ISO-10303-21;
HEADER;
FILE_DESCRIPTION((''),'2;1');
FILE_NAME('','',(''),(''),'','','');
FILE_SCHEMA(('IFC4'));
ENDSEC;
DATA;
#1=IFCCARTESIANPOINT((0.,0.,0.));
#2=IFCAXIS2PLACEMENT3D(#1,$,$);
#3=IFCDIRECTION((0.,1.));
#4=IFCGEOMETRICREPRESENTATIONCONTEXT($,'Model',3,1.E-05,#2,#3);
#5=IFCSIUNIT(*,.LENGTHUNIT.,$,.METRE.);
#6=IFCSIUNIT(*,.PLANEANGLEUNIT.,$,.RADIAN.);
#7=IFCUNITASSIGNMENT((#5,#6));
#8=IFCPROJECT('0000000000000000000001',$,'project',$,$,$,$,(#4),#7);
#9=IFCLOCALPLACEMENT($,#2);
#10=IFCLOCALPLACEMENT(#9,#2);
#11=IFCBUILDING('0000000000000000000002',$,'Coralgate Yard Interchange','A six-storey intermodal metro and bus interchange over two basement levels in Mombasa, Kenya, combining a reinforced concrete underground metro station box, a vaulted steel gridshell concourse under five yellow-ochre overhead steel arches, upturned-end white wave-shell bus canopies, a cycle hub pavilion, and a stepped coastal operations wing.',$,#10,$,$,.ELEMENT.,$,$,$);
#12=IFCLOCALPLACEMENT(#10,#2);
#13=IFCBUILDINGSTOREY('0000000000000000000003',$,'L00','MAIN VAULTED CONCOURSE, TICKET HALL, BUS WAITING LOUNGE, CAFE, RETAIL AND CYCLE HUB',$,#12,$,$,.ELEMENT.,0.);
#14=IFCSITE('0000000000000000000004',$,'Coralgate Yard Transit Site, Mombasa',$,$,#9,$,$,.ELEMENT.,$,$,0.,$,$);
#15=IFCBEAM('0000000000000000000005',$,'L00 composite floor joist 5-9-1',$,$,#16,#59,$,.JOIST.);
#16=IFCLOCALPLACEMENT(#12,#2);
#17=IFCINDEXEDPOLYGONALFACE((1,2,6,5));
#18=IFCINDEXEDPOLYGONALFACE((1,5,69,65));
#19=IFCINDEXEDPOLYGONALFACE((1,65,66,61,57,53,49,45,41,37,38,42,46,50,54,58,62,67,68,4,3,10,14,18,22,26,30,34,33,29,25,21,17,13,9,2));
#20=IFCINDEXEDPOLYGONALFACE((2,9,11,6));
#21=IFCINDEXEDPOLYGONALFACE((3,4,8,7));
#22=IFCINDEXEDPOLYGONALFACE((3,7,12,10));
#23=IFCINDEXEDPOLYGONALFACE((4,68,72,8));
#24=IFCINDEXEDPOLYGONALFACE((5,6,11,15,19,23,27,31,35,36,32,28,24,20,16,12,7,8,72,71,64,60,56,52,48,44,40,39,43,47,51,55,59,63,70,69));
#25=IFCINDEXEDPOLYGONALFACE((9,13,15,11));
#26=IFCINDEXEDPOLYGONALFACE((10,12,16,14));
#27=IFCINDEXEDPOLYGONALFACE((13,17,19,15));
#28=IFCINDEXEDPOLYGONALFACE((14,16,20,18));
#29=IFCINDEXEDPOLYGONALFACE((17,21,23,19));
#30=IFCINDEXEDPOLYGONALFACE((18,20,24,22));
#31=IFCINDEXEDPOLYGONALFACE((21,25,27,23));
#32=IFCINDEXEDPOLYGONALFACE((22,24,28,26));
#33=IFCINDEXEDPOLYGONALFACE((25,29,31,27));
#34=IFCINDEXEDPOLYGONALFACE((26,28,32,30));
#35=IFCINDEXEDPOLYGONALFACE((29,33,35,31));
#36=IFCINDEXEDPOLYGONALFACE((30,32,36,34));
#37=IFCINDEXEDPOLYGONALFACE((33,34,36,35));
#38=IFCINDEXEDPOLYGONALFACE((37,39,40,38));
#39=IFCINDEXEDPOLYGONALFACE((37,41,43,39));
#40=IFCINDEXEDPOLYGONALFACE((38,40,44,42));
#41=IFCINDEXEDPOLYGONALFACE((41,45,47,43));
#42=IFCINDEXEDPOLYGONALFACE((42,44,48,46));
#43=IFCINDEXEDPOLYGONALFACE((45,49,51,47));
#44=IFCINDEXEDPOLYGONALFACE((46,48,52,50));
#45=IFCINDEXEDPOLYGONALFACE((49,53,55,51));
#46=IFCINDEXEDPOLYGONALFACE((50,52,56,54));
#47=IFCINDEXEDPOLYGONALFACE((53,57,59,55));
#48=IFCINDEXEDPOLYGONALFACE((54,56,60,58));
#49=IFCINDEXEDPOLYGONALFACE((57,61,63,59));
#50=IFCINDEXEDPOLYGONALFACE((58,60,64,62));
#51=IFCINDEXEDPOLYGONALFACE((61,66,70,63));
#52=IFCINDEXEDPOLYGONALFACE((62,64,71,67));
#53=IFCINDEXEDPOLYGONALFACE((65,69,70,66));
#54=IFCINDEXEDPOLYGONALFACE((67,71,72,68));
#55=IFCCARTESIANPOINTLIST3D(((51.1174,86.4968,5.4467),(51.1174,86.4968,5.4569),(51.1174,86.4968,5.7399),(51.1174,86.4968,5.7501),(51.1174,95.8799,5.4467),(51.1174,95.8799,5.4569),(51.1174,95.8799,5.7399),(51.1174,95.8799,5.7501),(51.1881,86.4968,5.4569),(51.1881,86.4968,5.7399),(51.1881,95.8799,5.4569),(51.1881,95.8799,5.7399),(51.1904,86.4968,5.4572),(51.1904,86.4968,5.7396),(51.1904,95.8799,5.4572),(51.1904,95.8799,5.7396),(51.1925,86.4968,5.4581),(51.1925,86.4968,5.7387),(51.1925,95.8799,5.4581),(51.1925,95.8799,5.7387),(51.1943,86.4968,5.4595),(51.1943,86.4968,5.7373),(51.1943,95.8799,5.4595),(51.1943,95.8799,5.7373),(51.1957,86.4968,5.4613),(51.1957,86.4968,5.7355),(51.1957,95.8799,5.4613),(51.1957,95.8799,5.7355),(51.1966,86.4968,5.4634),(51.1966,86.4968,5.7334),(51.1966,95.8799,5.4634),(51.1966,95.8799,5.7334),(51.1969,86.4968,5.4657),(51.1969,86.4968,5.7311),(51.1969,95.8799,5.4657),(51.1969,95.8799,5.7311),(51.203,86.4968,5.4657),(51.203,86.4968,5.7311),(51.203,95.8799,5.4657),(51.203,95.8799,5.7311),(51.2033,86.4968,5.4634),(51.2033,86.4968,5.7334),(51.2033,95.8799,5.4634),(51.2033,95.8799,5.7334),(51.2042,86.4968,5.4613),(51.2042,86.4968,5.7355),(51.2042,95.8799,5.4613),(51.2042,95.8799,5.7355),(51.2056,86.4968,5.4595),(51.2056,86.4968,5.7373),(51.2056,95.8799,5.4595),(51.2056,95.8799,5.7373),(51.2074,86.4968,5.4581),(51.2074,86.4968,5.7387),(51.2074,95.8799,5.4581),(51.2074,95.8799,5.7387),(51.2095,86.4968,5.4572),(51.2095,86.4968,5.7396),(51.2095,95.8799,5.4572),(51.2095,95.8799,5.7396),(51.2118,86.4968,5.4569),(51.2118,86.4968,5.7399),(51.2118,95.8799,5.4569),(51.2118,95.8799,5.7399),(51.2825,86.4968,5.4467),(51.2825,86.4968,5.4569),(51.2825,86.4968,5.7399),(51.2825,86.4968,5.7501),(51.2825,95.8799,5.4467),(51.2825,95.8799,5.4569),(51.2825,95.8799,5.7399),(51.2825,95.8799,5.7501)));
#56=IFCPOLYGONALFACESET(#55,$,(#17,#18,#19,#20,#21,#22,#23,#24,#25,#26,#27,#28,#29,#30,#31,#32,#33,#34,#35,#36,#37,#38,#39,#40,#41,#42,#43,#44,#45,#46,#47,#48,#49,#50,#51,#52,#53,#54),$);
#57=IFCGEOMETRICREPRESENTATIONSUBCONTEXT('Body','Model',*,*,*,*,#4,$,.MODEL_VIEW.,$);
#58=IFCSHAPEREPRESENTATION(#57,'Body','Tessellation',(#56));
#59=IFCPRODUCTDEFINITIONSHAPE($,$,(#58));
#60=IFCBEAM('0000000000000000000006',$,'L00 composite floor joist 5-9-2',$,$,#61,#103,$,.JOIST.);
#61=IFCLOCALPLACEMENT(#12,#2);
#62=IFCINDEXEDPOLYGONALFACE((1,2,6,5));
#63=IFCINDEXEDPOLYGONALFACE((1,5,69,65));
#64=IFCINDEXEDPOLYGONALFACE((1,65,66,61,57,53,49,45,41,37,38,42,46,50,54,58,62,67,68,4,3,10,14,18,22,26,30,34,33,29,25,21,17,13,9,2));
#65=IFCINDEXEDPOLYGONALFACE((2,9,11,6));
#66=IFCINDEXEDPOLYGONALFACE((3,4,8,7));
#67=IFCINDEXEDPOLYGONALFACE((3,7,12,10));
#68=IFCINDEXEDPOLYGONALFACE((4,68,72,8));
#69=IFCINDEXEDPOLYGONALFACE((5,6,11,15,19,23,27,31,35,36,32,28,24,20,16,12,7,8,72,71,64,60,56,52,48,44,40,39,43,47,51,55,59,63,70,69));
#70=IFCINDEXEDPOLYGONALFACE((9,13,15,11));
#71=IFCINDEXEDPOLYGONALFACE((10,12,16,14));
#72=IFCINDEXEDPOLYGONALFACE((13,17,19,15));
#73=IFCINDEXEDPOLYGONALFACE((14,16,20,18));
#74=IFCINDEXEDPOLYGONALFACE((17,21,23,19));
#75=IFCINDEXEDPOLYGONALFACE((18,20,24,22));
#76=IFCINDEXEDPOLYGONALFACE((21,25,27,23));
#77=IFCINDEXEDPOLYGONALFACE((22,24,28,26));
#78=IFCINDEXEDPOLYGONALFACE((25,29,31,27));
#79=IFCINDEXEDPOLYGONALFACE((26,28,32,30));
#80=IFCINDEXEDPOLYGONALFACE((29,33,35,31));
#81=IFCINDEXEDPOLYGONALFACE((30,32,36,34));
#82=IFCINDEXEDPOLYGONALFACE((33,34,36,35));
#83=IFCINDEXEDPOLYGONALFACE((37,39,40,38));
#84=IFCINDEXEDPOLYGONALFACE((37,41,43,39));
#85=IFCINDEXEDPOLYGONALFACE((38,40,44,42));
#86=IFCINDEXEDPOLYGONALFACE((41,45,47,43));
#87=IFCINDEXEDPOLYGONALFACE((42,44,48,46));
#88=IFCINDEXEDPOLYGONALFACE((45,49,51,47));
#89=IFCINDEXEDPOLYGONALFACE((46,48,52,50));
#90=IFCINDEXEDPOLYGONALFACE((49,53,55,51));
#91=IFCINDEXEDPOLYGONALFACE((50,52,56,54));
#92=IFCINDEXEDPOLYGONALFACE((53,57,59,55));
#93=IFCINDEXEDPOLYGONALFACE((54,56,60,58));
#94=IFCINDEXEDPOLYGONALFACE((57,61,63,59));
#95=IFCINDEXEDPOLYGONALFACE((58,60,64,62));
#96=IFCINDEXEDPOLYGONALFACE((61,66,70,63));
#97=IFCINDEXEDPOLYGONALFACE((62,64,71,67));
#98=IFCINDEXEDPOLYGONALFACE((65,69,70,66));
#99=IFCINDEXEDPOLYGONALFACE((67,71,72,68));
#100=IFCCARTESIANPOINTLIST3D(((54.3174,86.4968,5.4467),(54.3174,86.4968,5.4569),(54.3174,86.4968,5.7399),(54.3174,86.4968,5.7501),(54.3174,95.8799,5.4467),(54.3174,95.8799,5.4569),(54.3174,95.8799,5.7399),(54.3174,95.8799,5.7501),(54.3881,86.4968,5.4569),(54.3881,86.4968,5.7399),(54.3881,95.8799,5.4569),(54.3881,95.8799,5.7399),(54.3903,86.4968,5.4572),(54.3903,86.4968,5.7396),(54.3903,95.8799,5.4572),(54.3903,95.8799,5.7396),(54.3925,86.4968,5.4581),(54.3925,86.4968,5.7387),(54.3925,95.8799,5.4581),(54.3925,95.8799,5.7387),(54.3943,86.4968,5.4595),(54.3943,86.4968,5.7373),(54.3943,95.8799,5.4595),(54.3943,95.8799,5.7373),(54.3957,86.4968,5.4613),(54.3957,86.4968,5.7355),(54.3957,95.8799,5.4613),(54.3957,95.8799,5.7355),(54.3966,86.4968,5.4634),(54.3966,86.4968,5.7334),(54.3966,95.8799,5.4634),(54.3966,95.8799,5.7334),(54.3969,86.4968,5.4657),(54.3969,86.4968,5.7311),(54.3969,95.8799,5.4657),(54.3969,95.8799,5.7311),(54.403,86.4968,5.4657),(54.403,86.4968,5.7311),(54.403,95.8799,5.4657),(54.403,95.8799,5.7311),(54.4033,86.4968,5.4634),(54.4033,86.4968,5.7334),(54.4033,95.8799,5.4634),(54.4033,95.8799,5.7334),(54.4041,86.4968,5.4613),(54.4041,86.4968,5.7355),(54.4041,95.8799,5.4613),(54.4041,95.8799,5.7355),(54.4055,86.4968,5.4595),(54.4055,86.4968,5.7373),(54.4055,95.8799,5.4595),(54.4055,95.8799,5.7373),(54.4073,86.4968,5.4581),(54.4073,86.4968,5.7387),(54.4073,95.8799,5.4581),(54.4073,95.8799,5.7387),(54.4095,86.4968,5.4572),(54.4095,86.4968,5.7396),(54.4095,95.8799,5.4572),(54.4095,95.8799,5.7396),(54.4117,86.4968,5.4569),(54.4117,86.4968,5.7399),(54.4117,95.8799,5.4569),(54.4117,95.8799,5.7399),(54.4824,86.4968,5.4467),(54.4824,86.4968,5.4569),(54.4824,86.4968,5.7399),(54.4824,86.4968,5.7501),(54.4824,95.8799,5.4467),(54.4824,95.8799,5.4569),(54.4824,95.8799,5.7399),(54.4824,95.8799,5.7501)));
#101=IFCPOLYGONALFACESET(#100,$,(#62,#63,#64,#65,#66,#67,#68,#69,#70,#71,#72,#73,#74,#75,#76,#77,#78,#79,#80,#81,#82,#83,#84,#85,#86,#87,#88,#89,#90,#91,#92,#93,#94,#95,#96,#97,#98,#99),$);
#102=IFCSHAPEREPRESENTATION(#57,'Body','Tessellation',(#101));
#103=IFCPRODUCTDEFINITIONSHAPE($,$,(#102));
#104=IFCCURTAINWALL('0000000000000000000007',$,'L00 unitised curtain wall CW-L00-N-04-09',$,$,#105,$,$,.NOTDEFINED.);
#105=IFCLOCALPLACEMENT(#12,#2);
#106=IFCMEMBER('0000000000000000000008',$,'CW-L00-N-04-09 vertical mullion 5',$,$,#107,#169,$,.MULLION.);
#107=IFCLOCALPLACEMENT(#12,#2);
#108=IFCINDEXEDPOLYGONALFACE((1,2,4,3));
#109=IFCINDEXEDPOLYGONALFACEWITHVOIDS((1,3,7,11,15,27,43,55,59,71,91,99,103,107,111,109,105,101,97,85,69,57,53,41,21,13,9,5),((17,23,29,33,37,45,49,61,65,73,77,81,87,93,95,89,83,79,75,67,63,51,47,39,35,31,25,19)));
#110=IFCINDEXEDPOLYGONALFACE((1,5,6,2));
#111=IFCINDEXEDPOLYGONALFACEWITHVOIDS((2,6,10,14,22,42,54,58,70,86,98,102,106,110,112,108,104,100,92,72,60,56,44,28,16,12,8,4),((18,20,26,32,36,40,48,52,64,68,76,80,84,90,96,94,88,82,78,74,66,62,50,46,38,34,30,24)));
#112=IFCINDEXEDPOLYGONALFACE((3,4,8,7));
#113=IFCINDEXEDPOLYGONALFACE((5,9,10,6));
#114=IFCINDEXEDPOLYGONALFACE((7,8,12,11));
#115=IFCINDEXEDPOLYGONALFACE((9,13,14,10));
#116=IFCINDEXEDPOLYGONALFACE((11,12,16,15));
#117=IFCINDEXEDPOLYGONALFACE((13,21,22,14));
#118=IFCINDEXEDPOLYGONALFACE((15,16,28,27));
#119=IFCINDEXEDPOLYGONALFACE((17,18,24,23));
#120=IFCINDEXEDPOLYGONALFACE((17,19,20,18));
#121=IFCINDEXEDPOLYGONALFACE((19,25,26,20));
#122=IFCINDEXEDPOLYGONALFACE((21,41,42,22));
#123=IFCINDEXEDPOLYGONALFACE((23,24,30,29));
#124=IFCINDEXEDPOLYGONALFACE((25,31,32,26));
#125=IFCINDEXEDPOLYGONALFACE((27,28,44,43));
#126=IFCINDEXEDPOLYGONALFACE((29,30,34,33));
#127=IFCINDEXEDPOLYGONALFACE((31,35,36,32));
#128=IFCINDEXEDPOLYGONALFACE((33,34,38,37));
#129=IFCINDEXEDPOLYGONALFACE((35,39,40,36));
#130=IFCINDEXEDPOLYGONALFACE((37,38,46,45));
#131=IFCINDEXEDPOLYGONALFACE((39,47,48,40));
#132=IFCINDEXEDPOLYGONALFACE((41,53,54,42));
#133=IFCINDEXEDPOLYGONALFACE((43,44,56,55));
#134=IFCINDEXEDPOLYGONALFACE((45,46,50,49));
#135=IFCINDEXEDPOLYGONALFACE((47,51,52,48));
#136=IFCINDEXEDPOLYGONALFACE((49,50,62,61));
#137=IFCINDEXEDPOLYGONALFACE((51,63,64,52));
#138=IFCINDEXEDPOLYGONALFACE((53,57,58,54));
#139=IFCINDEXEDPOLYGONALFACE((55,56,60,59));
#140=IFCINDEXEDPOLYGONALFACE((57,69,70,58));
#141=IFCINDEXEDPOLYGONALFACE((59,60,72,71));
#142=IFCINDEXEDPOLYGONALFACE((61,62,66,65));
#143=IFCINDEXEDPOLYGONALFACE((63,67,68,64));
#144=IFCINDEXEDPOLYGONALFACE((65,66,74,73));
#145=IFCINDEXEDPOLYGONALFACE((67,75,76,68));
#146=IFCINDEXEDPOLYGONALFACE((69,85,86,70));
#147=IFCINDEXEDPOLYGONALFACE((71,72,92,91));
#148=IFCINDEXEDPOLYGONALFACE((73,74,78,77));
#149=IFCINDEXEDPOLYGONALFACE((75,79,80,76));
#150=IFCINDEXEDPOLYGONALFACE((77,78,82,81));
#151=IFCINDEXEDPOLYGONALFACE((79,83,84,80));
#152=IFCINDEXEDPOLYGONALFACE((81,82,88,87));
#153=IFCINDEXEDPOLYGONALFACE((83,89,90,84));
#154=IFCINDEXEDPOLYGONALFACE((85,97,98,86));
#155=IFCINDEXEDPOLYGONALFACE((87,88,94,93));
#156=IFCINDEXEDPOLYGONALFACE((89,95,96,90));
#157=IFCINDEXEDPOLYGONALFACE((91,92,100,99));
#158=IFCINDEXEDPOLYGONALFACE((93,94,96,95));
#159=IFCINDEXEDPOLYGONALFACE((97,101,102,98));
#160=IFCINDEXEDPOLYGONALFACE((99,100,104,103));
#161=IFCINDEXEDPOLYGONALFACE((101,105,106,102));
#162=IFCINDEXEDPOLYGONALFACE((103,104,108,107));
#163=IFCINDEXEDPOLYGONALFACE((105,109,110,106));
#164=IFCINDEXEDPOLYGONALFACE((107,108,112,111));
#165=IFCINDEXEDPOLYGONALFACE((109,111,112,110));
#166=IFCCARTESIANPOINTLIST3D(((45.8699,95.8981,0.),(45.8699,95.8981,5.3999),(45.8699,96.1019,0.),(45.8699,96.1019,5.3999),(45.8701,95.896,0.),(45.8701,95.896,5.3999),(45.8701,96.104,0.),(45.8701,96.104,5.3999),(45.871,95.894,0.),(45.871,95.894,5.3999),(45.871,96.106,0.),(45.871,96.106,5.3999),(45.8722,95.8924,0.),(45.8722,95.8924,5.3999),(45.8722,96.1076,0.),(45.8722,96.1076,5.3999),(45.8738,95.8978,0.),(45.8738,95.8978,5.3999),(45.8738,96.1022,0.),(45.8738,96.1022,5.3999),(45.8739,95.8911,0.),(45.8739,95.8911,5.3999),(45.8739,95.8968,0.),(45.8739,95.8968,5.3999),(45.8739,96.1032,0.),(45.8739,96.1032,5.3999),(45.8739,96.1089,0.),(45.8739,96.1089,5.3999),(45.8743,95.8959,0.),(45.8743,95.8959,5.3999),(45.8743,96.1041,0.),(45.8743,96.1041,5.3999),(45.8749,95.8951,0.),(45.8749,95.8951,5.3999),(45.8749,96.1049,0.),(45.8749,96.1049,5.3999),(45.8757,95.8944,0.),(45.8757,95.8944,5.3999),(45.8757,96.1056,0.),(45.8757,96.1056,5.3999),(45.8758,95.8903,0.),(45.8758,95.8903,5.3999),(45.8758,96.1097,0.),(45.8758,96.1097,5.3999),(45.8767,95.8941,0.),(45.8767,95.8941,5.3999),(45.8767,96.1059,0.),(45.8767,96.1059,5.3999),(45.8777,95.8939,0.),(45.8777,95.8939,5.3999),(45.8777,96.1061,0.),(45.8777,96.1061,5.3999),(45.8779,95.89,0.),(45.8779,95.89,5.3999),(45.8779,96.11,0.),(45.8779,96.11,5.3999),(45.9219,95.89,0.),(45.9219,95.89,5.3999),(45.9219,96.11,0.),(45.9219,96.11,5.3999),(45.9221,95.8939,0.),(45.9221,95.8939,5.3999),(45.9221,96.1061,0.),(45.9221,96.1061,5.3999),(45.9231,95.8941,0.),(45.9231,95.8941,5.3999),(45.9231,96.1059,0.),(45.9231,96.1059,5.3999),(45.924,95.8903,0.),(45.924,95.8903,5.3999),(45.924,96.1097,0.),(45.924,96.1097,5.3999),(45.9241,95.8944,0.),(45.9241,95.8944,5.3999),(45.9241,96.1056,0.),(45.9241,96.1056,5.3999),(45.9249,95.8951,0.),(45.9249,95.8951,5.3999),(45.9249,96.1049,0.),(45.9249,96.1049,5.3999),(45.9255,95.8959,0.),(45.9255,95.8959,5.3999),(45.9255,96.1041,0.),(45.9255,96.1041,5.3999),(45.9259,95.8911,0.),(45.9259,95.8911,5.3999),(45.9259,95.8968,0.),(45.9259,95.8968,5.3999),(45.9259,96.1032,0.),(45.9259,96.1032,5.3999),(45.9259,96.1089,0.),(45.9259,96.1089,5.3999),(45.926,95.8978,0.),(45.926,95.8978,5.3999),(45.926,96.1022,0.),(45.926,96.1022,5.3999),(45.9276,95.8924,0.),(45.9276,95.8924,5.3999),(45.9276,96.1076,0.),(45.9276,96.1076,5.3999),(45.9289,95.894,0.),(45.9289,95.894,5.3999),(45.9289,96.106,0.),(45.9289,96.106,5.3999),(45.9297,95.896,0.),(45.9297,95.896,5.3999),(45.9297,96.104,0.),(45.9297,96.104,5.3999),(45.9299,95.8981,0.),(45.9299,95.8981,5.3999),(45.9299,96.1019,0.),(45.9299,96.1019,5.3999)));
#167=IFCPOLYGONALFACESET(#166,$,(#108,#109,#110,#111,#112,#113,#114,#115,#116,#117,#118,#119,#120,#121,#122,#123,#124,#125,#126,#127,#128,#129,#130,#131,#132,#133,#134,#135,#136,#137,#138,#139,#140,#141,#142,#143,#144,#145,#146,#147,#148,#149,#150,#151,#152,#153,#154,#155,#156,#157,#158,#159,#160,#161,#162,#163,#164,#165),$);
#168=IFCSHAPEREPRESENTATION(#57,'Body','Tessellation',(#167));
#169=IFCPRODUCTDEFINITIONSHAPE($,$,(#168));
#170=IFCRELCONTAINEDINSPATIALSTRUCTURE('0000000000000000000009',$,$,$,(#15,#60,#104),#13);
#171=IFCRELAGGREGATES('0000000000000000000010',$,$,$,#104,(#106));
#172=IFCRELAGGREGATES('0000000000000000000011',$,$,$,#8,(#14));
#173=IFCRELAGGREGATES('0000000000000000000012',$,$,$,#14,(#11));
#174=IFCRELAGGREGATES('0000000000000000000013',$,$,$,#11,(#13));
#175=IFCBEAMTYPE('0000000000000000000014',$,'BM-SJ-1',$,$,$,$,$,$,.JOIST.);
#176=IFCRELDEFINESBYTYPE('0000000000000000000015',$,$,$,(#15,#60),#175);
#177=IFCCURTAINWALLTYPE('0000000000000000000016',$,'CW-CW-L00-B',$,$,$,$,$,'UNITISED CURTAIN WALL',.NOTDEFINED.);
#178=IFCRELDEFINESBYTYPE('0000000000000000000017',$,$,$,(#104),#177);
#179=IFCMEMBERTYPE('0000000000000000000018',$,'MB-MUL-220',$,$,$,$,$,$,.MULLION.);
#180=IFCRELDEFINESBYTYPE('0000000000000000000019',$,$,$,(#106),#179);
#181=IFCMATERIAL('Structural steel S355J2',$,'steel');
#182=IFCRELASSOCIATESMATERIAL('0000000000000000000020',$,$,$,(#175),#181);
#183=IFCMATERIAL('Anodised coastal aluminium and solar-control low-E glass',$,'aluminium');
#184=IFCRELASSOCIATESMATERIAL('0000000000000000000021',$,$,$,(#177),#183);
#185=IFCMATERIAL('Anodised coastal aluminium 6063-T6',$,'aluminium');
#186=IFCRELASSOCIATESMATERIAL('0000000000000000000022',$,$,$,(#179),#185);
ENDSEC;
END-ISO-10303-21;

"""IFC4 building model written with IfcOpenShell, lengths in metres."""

from ifc_helpers import new_model, si_unit, direction, frame, origin, origin_2d, place, context, subcontext, project, spatial, hollow_rectangle, i_section, extrude, material, material_profile, profile_set, type_object, element, aggregate, save


model = new_model("IFC4")

# Units and contexts
model_context = context("Model", 3, precision=1e-05, world=origin(), true_north=direction((0.0, 1.0)))
body_context = subcontext(model_context, "Body", "Model", "MODEL_VIEW")
ifc_project = project(units=[si_unit("LENGTHUNIT", "METRE"), si_unit("PLANEANGLEUNIT", "RADIAN")], contexts=[model_context])

# Site, building, storey
site_placement = place(None, origin())
site = spatial("IfcSite", under=ifc_project, at=site_placement, Name="Coralgate Yard Transit Site, Mombasa", CompositionType="ELEMENT", RefElevation=0.0)
building_placement = place(site_placement, origin())
building = spatial("IfcBuilding", under=site, at=building_placement, Name="Coralgate Yard Interchange", Description="A six-storey intermodal metro and bus interchange over two basement levels in Mombasa, Kenya, combining a reinforced concrete underground metro station box, a vaulted steel gridshell concourse under five yellow-ochre overhead steel arches, upturned-end white wave-shell bus canopies, a cycle hub pavilion, and a stepped coastal operations wing.", CompositionType="ELEMENT")
storey_placement = place(building_placement, origin())
storey = spatial("IfcBuildingStorey", under=building, at=storey_placement, Name="L00", Description="MAIN VAULTED CONCOURSE, TICKET HALL, BUS WAITING LOUNGE, CAFE, RETAIL AND CYCLE HUB", CompositionType="ELEMENT", Elevation=0.0)

# Shared definitions
ifc_material_1 = material(Name="Structural steel S355J2", Category="steel")

# Beams
ifc_material_profile_1 = material_profile(ifc_material_1, i_section(OverallWidth=0.165, OverallDepth=0.3035, WebThickness=0.0061, FlangeThickness=0.0103, FilletRadius=0.0088, at=origin_2d()), Name="UB 305x165x40")
ifc_profile_set_1 = profile_set([ifc_material_profile_1], Name="Structural steel S355J2")
beam_type_1 = type_object("IfcBeamType", Name="BM-SJ-1", PredefinedType="JOIST", material=ifc_profile_set_1)
for number, where, z_axis, x_axis, name in (
    (1, (51.2, 86.4968, 5.5984), (0.0, 1.0, 0.0), (-1.0, 0.0, 0.0), "L00 composite floor joist 5-9-1"),
    (2, (54.3999, 86.4968, 5.5984), (0.0, 1.0, 0.0), (-1.0, 0.0, 0.0), "L00 composite floor joist 5-9-2"),
):
    element("IfcBeam", number, at=place(storey_placement, frame(where, z_axis=z_axis, x_axis=x_axis)), inside=storey, type_object=beam_type_1, Name=name, PredefinedType="JOIST", context=body_context, shape_type="SweptSolid", body=[
        extrude(i_section(OverallWidth=0.165, OverallDepth=0.3035, WebThickness=0.0061, FlangeThickness=0.0103, FilletRadius=0.0088, at=origin_2d()), origin(), (0.0, 0.0, 1.0), 9.3831),
    ])

# Curtain wall, member
ifc_material_2 = material(Name="Anodised coastal aluminium and solar-control low-E glass", Category="aluminium")
curtain_wall_type = type_object("IfcCurtainWallType", Name="CW-CW-L00-B", ElementType="UNITISED CURTAIN WALL", PredefinedType="NOTDEFINED", material=ifc_material_2)
curtain_wall_placement = place(storey_placement, origin())
curtain_wall = element("IfcCurtainWall", 3, at=curtain_wall_placement, inside=storey, type_object=curtain_wall_type, Name="L00 unitised curtain wall CW-L00-N-04-09", PredefinedType="NOTDEFINED")
ifc_material_3 = material(Name="Anodised coastal aluminium 6063-T6", Category="aluminium")
ifc_material_profile_2 = material_profile(ifc_material_3, hollow_rectangle(XDim=0.0601, YDim=0.22, WallThickness=0.0039, InnerFilletRadius=0.0039, OuterFilletRadius=0.0081, at=origin_2d()), Name="ALU 60x220x4")
ifc_profile_set_2 = profile_set([ifc_material_profile_2], Name="Anodised coastal aluminium 6063-T6")
member_type_1 = type_object("IfcMemberType", Name="MB-MUL-220", PredefinedType="MULLION", material=ifc_profile_set_2)
member_1_placement = place(storey_placement, frame((45.8999, 96.0, 0.0), z_axis=(0.0, 0.0, 1.0), x_axis=(1.0, 0.0, 0.0)))
member_1 = element("IfcMember", 4, at=member_1_placement, type_object=member_type_1, Name="CW-L00-N-04-09 vertical mullion 5", PredefinedType="MULLION", context=body_context, shape_type="SweptSolid", body=[
    extrude(hollow_rectangle(XDim=0.0601, YDim=0.22, WallThickness=0.0039, InnerFilletRadius=0.0039, OuterFilletRadius=0.0081, at=origin_2d()), origin(), (0.0, 0.0, 1.0), 5.3999),
])
aggregate(curtain_wall, [member_1])

save(model, "model.ifc")
